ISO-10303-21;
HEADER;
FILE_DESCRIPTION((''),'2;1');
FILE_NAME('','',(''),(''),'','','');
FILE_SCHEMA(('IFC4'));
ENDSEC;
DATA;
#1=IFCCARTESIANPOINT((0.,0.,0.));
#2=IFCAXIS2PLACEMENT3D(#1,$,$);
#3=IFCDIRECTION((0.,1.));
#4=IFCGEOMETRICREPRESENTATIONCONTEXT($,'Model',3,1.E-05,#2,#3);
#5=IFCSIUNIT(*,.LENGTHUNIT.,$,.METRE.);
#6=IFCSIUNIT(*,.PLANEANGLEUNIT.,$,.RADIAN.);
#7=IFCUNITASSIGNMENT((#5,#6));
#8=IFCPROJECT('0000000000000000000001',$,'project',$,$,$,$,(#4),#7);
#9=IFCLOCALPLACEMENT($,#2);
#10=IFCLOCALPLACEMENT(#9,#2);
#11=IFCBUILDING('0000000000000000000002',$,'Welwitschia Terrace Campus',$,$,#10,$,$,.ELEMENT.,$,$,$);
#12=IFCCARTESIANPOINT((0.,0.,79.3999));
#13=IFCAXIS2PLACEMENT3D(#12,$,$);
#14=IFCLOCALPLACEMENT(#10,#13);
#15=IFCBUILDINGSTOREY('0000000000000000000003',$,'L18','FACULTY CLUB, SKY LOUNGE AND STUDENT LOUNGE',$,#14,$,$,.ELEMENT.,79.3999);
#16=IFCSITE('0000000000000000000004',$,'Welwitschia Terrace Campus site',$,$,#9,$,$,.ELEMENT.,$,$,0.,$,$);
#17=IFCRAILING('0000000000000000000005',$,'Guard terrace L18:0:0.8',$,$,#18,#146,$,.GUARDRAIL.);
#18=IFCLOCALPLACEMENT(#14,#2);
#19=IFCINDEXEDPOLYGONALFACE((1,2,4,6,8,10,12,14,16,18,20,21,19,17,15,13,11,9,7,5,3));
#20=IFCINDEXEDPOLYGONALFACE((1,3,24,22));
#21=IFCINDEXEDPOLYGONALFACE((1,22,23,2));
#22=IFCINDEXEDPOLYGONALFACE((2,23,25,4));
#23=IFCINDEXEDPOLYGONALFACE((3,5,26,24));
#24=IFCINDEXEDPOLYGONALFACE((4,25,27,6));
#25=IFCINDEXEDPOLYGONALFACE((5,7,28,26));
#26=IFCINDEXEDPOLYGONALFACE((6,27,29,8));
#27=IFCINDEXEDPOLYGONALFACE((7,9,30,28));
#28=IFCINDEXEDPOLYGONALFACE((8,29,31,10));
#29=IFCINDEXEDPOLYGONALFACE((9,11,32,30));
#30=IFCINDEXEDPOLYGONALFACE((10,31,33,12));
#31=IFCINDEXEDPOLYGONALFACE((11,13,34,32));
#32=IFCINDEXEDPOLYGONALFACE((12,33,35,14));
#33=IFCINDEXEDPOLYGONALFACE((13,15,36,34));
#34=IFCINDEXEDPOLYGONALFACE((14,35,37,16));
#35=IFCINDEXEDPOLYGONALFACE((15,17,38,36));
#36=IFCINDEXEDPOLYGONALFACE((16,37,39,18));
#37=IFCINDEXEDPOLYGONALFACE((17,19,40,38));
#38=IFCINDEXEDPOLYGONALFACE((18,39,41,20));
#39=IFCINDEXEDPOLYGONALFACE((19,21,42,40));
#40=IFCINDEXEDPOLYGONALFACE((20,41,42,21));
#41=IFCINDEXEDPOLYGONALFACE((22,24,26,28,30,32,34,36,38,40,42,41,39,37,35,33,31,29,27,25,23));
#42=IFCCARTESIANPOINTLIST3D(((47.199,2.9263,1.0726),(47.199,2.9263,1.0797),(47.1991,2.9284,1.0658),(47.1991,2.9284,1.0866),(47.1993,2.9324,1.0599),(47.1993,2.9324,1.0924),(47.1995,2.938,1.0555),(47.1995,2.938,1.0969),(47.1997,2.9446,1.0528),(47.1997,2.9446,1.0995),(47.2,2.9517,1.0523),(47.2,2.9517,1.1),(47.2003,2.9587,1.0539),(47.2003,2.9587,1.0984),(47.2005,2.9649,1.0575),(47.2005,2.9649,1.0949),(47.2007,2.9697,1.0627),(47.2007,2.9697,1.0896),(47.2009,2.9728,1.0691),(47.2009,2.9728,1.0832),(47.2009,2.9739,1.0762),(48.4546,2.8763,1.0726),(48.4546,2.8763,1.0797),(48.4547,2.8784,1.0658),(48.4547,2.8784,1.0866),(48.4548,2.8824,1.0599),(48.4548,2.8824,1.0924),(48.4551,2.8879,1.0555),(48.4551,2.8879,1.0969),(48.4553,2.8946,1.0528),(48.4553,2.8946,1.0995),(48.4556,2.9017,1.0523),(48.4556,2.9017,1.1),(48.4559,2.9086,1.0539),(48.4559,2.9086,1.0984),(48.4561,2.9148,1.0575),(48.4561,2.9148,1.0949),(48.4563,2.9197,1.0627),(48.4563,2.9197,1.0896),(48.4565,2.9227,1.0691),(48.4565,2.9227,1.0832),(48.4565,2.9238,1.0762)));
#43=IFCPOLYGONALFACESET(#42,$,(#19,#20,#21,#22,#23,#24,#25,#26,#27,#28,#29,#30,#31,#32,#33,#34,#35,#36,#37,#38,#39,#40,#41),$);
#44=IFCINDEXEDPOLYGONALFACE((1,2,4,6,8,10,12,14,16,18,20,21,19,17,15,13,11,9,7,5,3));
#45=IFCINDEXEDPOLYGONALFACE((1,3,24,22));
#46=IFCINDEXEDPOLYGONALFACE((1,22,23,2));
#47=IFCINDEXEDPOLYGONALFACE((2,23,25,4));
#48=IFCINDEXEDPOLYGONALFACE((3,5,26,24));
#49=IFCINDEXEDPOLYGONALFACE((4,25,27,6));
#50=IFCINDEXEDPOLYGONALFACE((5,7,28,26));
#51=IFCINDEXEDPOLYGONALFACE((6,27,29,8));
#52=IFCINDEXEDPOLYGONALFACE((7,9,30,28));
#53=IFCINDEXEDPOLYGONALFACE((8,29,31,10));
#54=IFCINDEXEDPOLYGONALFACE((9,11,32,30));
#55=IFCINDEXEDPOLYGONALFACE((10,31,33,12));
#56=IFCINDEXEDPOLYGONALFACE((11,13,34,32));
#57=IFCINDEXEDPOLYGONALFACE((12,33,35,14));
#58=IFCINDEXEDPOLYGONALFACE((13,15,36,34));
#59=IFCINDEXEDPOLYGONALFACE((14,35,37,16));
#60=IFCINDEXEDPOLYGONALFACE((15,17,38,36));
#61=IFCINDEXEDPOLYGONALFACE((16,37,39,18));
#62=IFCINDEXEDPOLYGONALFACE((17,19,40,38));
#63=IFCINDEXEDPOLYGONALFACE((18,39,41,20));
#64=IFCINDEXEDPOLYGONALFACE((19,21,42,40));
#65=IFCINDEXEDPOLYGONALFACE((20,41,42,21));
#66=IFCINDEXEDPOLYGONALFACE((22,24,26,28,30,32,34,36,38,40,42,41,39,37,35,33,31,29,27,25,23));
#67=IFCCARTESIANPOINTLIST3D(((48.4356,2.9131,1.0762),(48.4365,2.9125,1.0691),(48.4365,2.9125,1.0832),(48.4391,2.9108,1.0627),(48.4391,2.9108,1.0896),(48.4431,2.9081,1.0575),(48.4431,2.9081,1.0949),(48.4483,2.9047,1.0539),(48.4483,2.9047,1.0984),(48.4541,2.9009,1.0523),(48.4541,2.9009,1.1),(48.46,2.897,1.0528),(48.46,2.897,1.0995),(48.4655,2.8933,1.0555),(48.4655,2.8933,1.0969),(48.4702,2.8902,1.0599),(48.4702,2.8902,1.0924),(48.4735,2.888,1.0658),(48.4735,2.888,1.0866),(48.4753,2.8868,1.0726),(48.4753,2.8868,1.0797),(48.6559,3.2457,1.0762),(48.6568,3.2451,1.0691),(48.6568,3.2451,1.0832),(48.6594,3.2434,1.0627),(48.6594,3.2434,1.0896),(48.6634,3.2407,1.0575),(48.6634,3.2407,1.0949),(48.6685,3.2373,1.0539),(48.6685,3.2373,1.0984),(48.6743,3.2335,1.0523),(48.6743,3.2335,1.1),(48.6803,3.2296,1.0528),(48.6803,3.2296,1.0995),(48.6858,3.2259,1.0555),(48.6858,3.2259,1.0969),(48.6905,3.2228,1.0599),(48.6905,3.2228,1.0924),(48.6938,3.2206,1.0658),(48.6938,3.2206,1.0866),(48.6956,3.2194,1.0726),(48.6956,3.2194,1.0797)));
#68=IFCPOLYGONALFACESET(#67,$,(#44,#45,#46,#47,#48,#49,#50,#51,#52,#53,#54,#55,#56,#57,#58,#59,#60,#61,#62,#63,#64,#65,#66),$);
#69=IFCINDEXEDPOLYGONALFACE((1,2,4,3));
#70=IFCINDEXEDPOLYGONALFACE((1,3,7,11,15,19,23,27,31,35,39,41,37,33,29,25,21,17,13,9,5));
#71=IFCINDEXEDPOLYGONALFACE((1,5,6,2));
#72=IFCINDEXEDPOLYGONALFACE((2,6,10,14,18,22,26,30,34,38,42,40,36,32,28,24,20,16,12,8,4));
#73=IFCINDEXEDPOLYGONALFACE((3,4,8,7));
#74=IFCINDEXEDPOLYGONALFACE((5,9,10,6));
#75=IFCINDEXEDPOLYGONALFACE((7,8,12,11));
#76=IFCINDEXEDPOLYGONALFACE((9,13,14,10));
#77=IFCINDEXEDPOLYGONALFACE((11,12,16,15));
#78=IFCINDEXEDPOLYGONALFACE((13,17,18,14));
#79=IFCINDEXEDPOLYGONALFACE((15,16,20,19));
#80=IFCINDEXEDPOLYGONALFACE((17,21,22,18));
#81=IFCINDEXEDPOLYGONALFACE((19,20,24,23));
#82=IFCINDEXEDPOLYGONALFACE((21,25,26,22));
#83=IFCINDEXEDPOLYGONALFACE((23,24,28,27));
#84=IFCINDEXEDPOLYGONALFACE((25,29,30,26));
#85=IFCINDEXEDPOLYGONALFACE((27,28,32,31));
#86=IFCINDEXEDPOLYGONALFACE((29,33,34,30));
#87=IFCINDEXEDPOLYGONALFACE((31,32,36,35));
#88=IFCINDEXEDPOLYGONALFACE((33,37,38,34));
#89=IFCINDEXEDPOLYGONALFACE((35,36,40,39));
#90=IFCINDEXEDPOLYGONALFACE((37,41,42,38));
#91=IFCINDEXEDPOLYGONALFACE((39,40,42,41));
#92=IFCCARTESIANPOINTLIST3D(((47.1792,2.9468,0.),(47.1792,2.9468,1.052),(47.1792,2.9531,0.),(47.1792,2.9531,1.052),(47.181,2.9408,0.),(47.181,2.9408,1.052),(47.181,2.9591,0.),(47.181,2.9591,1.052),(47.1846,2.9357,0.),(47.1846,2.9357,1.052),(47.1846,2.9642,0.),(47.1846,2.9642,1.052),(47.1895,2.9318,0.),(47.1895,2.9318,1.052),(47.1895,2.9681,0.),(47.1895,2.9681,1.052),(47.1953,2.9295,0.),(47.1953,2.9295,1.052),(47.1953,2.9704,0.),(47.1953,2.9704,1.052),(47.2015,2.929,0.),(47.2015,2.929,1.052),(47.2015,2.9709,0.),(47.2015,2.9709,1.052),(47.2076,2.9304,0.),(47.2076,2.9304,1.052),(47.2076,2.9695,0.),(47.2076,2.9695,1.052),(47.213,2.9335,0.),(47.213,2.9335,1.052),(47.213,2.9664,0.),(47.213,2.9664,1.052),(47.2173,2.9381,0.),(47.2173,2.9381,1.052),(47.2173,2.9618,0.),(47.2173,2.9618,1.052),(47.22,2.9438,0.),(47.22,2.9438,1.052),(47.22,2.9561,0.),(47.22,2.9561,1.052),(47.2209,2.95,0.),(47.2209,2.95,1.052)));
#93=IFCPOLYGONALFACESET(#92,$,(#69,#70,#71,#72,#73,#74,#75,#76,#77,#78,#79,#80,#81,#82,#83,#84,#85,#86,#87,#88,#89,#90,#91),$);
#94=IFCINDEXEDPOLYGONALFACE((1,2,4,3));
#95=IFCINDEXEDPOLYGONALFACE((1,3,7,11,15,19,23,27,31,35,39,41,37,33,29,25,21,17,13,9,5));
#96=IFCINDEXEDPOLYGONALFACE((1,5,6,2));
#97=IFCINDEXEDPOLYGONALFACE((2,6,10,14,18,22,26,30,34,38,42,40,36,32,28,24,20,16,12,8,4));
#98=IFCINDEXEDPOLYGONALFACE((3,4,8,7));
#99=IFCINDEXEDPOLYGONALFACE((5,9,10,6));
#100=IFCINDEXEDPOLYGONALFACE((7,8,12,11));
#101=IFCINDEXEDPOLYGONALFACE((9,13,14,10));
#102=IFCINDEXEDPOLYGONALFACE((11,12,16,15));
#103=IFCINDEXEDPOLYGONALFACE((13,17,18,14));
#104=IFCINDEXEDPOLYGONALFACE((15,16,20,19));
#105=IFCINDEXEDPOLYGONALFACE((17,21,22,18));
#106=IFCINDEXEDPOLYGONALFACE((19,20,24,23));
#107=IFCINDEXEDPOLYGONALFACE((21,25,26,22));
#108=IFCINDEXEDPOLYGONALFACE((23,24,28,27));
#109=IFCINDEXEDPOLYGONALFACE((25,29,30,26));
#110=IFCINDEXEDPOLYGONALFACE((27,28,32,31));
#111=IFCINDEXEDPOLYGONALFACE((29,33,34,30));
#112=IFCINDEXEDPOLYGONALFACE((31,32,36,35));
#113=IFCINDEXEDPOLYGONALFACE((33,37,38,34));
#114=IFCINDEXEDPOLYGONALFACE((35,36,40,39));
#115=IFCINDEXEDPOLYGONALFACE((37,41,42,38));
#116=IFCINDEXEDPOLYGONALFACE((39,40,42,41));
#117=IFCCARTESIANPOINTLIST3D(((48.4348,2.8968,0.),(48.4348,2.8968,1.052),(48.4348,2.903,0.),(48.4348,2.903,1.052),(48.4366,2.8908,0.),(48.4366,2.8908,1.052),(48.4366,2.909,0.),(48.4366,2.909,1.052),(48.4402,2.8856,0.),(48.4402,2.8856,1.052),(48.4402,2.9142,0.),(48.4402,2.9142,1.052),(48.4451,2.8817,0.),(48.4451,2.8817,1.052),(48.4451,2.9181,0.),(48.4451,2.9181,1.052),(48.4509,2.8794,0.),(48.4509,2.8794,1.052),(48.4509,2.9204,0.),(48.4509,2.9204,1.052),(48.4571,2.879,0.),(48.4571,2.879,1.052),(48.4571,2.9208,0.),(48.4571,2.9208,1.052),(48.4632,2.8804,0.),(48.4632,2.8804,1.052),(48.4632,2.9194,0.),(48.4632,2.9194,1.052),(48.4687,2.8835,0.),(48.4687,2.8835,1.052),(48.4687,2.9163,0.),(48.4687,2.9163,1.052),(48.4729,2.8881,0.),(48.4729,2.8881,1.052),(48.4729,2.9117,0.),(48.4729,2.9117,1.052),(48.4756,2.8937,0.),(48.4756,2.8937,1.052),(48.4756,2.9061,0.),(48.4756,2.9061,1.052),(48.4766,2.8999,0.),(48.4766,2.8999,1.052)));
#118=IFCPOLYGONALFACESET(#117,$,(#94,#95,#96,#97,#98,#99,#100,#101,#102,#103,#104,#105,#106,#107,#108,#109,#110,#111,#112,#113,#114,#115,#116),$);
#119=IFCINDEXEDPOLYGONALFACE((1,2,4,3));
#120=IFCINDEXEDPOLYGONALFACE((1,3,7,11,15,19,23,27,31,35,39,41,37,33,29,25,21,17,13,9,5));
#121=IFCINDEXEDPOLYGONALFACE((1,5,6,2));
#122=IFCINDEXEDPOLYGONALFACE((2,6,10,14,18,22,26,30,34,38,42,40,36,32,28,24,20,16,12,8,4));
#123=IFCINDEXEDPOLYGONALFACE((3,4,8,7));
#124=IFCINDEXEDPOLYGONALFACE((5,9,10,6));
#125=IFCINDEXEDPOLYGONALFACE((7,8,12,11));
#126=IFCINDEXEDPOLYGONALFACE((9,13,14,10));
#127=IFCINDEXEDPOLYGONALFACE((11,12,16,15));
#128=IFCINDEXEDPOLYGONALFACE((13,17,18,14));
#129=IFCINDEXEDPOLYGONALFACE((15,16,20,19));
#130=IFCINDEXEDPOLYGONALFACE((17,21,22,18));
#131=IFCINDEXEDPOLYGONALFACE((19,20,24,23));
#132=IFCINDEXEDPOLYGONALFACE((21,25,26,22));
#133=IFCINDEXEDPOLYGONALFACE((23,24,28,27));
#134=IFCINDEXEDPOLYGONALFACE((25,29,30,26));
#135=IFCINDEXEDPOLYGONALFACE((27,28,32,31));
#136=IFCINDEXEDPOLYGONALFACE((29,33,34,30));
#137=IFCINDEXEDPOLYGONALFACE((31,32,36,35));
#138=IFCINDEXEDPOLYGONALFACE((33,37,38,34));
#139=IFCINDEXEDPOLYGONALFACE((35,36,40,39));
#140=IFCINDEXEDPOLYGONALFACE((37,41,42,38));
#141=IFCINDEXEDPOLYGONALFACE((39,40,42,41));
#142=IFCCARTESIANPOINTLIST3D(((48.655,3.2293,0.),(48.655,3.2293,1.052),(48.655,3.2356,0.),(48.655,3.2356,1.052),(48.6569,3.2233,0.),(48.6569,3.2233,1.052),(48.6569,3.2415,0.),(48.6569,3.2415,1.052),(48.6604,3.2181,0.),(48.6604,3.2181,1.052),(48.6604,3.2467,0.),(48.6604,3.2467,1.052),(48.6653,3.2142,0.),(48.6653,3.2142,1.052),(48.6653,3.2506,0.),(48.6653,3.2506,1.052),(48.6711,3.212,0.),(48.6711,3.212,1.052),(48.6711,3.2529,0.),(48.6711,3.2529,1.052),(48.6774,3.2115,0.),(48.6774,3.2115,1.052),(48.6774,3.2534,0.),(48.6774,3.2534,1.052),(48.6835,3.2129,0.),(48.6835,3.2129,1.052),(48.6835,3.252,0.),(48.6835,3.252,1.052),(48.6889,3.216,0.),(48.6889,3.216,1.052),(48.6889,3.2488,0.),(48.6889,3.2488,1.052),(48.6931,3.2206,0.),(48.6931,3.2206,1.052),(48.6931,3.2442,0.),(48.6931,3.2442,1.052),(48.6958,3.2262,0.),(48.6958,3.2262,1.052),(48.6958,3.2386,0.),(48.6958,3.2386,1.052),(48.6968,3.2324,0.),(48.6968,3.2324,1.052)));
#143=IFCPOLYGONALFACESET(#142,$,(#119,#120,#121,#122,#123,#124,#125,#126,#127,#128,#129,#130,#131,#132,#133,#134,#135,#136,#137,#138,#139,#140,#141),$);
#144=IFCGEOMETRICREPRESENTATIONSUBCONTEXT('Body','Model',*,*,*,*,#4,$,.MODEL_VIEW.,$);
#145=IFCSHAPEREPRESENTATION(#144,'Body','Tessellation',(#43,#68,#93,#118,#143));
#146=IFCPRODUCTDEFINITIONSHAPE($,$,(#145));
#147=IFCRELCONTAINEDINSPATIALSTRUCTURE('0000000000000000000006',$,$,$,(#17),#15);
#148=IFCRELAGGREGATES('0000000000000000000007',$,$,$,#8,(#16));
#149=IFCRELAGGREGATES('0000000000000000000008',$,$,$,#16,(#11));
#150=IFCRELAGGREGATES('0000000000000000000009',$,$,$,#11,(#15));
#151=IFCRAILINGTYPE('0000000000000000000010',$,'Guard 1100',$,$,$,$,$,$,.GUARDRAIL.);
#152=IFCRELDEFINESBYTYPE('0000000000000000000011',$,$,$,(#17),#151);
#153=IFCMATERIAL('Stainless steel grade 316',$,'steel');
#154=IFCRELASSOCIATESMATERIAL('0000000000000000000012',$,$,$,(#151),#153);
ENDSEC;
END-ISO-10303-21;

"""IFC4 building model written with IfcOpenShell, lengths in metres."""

from ifc_helpers import new_model, si_unit, direction, frame, origin, origin_2d, place, context, subcontext, project, spatial, circle, extrude, material, type_object, element, save


model = new_model("IFC4")

# Units and contexts
model_context = context("Model", 3, precision=1e-05, world=origin(), true_north=direction((0.0, 1.0)))
body_context = subcontext(model_context, "Body", "Model", "MODEL_VIEW")
ifc_project = project(units=[si_unit("LENGTHUNIT", "METRE"), si_unit("PLANEANGLEUNIT", "RADIAN")], contexts=[model_context])

# Site, building, storey
site_placement = place(None, origin())
site = spatial("IfcSite", under=ifc_project, at=site_placement, Name="Welwitschia Terrace Campus site", CompositionType="ELEMENT", RefElevation=0.0)
building_placement = place(site_placement, origin())
building = spatial("IfcBuilding", under=site, at=building_placement, Name="Welwitschia Terrace Campus", CompositionType="ELEMENT")
storey_placement = place(building_placement, frame((0.0, 0.0, 79.3999)))
storey = spatial("IfcBuildingStorey", under=building, at=storey_placement, Name="L18", Description="FACULTY CLUB, SKY LOUNGE AND STUDENT LOUNGE", CompositionType="ELEMENT", Elevation=79.3999)

# Railing
ifc_material_1 = material(Name="Stainless steel grade 316", Category="steel")
railing_type = type_object("IfcRailingType", Name="Guard 1100", PredefinedType="GUARDRAIL", material=ifc_material_1)
railing_1_placement = place(storey_placement, frame((47.2, 2.95, 0.0)))
element("IfcRailing", 1, at=railing_1_placement, inside=storey, type_object=railing_type, Name="Guard terrace L18:0:0.8", PredefinedType="GUARDRAIL", context=body_context, shape_type="SweptSolid", body=[
    extrude(circle(Radius=0.0239, at=origin_2d()), frame((0.0, 0.0, 1.0762), z_axis=(0.999207, -0.039828, 0.0), x_axis=(0.039828, 0.999207, 0.0)), (0.0, 0.0, 1.0), 1.2566),
    extrude(circle(Radius=0.0239, at=origin_2d()), frame((1.2556, -0.05, 1.0762), z_axis=(0.552155, 0.833742, 0.0), x_axis=(-0.833742, 0.552155, 0.0)), (0.0, 0.0, 1.0), 0.3989),
    extrude(circle(Radius=0.021, at=origin_2d()), origin(), (0.0, 0.0, 1.0), 1.052),
    extrude(circle(Radius=0.021, at=origin_2d()), frame((1.2556, -0.05, 0.0)), (0.0, 0.0, 1.0), 1.052),
    extrude(circle(Radius=0.021, at=origin_2d()), frame((1.4758, 0.2825, 0.0)), (0.0, 0.0, 1.0), 1.052),
])

save(model, "model.ifc")
